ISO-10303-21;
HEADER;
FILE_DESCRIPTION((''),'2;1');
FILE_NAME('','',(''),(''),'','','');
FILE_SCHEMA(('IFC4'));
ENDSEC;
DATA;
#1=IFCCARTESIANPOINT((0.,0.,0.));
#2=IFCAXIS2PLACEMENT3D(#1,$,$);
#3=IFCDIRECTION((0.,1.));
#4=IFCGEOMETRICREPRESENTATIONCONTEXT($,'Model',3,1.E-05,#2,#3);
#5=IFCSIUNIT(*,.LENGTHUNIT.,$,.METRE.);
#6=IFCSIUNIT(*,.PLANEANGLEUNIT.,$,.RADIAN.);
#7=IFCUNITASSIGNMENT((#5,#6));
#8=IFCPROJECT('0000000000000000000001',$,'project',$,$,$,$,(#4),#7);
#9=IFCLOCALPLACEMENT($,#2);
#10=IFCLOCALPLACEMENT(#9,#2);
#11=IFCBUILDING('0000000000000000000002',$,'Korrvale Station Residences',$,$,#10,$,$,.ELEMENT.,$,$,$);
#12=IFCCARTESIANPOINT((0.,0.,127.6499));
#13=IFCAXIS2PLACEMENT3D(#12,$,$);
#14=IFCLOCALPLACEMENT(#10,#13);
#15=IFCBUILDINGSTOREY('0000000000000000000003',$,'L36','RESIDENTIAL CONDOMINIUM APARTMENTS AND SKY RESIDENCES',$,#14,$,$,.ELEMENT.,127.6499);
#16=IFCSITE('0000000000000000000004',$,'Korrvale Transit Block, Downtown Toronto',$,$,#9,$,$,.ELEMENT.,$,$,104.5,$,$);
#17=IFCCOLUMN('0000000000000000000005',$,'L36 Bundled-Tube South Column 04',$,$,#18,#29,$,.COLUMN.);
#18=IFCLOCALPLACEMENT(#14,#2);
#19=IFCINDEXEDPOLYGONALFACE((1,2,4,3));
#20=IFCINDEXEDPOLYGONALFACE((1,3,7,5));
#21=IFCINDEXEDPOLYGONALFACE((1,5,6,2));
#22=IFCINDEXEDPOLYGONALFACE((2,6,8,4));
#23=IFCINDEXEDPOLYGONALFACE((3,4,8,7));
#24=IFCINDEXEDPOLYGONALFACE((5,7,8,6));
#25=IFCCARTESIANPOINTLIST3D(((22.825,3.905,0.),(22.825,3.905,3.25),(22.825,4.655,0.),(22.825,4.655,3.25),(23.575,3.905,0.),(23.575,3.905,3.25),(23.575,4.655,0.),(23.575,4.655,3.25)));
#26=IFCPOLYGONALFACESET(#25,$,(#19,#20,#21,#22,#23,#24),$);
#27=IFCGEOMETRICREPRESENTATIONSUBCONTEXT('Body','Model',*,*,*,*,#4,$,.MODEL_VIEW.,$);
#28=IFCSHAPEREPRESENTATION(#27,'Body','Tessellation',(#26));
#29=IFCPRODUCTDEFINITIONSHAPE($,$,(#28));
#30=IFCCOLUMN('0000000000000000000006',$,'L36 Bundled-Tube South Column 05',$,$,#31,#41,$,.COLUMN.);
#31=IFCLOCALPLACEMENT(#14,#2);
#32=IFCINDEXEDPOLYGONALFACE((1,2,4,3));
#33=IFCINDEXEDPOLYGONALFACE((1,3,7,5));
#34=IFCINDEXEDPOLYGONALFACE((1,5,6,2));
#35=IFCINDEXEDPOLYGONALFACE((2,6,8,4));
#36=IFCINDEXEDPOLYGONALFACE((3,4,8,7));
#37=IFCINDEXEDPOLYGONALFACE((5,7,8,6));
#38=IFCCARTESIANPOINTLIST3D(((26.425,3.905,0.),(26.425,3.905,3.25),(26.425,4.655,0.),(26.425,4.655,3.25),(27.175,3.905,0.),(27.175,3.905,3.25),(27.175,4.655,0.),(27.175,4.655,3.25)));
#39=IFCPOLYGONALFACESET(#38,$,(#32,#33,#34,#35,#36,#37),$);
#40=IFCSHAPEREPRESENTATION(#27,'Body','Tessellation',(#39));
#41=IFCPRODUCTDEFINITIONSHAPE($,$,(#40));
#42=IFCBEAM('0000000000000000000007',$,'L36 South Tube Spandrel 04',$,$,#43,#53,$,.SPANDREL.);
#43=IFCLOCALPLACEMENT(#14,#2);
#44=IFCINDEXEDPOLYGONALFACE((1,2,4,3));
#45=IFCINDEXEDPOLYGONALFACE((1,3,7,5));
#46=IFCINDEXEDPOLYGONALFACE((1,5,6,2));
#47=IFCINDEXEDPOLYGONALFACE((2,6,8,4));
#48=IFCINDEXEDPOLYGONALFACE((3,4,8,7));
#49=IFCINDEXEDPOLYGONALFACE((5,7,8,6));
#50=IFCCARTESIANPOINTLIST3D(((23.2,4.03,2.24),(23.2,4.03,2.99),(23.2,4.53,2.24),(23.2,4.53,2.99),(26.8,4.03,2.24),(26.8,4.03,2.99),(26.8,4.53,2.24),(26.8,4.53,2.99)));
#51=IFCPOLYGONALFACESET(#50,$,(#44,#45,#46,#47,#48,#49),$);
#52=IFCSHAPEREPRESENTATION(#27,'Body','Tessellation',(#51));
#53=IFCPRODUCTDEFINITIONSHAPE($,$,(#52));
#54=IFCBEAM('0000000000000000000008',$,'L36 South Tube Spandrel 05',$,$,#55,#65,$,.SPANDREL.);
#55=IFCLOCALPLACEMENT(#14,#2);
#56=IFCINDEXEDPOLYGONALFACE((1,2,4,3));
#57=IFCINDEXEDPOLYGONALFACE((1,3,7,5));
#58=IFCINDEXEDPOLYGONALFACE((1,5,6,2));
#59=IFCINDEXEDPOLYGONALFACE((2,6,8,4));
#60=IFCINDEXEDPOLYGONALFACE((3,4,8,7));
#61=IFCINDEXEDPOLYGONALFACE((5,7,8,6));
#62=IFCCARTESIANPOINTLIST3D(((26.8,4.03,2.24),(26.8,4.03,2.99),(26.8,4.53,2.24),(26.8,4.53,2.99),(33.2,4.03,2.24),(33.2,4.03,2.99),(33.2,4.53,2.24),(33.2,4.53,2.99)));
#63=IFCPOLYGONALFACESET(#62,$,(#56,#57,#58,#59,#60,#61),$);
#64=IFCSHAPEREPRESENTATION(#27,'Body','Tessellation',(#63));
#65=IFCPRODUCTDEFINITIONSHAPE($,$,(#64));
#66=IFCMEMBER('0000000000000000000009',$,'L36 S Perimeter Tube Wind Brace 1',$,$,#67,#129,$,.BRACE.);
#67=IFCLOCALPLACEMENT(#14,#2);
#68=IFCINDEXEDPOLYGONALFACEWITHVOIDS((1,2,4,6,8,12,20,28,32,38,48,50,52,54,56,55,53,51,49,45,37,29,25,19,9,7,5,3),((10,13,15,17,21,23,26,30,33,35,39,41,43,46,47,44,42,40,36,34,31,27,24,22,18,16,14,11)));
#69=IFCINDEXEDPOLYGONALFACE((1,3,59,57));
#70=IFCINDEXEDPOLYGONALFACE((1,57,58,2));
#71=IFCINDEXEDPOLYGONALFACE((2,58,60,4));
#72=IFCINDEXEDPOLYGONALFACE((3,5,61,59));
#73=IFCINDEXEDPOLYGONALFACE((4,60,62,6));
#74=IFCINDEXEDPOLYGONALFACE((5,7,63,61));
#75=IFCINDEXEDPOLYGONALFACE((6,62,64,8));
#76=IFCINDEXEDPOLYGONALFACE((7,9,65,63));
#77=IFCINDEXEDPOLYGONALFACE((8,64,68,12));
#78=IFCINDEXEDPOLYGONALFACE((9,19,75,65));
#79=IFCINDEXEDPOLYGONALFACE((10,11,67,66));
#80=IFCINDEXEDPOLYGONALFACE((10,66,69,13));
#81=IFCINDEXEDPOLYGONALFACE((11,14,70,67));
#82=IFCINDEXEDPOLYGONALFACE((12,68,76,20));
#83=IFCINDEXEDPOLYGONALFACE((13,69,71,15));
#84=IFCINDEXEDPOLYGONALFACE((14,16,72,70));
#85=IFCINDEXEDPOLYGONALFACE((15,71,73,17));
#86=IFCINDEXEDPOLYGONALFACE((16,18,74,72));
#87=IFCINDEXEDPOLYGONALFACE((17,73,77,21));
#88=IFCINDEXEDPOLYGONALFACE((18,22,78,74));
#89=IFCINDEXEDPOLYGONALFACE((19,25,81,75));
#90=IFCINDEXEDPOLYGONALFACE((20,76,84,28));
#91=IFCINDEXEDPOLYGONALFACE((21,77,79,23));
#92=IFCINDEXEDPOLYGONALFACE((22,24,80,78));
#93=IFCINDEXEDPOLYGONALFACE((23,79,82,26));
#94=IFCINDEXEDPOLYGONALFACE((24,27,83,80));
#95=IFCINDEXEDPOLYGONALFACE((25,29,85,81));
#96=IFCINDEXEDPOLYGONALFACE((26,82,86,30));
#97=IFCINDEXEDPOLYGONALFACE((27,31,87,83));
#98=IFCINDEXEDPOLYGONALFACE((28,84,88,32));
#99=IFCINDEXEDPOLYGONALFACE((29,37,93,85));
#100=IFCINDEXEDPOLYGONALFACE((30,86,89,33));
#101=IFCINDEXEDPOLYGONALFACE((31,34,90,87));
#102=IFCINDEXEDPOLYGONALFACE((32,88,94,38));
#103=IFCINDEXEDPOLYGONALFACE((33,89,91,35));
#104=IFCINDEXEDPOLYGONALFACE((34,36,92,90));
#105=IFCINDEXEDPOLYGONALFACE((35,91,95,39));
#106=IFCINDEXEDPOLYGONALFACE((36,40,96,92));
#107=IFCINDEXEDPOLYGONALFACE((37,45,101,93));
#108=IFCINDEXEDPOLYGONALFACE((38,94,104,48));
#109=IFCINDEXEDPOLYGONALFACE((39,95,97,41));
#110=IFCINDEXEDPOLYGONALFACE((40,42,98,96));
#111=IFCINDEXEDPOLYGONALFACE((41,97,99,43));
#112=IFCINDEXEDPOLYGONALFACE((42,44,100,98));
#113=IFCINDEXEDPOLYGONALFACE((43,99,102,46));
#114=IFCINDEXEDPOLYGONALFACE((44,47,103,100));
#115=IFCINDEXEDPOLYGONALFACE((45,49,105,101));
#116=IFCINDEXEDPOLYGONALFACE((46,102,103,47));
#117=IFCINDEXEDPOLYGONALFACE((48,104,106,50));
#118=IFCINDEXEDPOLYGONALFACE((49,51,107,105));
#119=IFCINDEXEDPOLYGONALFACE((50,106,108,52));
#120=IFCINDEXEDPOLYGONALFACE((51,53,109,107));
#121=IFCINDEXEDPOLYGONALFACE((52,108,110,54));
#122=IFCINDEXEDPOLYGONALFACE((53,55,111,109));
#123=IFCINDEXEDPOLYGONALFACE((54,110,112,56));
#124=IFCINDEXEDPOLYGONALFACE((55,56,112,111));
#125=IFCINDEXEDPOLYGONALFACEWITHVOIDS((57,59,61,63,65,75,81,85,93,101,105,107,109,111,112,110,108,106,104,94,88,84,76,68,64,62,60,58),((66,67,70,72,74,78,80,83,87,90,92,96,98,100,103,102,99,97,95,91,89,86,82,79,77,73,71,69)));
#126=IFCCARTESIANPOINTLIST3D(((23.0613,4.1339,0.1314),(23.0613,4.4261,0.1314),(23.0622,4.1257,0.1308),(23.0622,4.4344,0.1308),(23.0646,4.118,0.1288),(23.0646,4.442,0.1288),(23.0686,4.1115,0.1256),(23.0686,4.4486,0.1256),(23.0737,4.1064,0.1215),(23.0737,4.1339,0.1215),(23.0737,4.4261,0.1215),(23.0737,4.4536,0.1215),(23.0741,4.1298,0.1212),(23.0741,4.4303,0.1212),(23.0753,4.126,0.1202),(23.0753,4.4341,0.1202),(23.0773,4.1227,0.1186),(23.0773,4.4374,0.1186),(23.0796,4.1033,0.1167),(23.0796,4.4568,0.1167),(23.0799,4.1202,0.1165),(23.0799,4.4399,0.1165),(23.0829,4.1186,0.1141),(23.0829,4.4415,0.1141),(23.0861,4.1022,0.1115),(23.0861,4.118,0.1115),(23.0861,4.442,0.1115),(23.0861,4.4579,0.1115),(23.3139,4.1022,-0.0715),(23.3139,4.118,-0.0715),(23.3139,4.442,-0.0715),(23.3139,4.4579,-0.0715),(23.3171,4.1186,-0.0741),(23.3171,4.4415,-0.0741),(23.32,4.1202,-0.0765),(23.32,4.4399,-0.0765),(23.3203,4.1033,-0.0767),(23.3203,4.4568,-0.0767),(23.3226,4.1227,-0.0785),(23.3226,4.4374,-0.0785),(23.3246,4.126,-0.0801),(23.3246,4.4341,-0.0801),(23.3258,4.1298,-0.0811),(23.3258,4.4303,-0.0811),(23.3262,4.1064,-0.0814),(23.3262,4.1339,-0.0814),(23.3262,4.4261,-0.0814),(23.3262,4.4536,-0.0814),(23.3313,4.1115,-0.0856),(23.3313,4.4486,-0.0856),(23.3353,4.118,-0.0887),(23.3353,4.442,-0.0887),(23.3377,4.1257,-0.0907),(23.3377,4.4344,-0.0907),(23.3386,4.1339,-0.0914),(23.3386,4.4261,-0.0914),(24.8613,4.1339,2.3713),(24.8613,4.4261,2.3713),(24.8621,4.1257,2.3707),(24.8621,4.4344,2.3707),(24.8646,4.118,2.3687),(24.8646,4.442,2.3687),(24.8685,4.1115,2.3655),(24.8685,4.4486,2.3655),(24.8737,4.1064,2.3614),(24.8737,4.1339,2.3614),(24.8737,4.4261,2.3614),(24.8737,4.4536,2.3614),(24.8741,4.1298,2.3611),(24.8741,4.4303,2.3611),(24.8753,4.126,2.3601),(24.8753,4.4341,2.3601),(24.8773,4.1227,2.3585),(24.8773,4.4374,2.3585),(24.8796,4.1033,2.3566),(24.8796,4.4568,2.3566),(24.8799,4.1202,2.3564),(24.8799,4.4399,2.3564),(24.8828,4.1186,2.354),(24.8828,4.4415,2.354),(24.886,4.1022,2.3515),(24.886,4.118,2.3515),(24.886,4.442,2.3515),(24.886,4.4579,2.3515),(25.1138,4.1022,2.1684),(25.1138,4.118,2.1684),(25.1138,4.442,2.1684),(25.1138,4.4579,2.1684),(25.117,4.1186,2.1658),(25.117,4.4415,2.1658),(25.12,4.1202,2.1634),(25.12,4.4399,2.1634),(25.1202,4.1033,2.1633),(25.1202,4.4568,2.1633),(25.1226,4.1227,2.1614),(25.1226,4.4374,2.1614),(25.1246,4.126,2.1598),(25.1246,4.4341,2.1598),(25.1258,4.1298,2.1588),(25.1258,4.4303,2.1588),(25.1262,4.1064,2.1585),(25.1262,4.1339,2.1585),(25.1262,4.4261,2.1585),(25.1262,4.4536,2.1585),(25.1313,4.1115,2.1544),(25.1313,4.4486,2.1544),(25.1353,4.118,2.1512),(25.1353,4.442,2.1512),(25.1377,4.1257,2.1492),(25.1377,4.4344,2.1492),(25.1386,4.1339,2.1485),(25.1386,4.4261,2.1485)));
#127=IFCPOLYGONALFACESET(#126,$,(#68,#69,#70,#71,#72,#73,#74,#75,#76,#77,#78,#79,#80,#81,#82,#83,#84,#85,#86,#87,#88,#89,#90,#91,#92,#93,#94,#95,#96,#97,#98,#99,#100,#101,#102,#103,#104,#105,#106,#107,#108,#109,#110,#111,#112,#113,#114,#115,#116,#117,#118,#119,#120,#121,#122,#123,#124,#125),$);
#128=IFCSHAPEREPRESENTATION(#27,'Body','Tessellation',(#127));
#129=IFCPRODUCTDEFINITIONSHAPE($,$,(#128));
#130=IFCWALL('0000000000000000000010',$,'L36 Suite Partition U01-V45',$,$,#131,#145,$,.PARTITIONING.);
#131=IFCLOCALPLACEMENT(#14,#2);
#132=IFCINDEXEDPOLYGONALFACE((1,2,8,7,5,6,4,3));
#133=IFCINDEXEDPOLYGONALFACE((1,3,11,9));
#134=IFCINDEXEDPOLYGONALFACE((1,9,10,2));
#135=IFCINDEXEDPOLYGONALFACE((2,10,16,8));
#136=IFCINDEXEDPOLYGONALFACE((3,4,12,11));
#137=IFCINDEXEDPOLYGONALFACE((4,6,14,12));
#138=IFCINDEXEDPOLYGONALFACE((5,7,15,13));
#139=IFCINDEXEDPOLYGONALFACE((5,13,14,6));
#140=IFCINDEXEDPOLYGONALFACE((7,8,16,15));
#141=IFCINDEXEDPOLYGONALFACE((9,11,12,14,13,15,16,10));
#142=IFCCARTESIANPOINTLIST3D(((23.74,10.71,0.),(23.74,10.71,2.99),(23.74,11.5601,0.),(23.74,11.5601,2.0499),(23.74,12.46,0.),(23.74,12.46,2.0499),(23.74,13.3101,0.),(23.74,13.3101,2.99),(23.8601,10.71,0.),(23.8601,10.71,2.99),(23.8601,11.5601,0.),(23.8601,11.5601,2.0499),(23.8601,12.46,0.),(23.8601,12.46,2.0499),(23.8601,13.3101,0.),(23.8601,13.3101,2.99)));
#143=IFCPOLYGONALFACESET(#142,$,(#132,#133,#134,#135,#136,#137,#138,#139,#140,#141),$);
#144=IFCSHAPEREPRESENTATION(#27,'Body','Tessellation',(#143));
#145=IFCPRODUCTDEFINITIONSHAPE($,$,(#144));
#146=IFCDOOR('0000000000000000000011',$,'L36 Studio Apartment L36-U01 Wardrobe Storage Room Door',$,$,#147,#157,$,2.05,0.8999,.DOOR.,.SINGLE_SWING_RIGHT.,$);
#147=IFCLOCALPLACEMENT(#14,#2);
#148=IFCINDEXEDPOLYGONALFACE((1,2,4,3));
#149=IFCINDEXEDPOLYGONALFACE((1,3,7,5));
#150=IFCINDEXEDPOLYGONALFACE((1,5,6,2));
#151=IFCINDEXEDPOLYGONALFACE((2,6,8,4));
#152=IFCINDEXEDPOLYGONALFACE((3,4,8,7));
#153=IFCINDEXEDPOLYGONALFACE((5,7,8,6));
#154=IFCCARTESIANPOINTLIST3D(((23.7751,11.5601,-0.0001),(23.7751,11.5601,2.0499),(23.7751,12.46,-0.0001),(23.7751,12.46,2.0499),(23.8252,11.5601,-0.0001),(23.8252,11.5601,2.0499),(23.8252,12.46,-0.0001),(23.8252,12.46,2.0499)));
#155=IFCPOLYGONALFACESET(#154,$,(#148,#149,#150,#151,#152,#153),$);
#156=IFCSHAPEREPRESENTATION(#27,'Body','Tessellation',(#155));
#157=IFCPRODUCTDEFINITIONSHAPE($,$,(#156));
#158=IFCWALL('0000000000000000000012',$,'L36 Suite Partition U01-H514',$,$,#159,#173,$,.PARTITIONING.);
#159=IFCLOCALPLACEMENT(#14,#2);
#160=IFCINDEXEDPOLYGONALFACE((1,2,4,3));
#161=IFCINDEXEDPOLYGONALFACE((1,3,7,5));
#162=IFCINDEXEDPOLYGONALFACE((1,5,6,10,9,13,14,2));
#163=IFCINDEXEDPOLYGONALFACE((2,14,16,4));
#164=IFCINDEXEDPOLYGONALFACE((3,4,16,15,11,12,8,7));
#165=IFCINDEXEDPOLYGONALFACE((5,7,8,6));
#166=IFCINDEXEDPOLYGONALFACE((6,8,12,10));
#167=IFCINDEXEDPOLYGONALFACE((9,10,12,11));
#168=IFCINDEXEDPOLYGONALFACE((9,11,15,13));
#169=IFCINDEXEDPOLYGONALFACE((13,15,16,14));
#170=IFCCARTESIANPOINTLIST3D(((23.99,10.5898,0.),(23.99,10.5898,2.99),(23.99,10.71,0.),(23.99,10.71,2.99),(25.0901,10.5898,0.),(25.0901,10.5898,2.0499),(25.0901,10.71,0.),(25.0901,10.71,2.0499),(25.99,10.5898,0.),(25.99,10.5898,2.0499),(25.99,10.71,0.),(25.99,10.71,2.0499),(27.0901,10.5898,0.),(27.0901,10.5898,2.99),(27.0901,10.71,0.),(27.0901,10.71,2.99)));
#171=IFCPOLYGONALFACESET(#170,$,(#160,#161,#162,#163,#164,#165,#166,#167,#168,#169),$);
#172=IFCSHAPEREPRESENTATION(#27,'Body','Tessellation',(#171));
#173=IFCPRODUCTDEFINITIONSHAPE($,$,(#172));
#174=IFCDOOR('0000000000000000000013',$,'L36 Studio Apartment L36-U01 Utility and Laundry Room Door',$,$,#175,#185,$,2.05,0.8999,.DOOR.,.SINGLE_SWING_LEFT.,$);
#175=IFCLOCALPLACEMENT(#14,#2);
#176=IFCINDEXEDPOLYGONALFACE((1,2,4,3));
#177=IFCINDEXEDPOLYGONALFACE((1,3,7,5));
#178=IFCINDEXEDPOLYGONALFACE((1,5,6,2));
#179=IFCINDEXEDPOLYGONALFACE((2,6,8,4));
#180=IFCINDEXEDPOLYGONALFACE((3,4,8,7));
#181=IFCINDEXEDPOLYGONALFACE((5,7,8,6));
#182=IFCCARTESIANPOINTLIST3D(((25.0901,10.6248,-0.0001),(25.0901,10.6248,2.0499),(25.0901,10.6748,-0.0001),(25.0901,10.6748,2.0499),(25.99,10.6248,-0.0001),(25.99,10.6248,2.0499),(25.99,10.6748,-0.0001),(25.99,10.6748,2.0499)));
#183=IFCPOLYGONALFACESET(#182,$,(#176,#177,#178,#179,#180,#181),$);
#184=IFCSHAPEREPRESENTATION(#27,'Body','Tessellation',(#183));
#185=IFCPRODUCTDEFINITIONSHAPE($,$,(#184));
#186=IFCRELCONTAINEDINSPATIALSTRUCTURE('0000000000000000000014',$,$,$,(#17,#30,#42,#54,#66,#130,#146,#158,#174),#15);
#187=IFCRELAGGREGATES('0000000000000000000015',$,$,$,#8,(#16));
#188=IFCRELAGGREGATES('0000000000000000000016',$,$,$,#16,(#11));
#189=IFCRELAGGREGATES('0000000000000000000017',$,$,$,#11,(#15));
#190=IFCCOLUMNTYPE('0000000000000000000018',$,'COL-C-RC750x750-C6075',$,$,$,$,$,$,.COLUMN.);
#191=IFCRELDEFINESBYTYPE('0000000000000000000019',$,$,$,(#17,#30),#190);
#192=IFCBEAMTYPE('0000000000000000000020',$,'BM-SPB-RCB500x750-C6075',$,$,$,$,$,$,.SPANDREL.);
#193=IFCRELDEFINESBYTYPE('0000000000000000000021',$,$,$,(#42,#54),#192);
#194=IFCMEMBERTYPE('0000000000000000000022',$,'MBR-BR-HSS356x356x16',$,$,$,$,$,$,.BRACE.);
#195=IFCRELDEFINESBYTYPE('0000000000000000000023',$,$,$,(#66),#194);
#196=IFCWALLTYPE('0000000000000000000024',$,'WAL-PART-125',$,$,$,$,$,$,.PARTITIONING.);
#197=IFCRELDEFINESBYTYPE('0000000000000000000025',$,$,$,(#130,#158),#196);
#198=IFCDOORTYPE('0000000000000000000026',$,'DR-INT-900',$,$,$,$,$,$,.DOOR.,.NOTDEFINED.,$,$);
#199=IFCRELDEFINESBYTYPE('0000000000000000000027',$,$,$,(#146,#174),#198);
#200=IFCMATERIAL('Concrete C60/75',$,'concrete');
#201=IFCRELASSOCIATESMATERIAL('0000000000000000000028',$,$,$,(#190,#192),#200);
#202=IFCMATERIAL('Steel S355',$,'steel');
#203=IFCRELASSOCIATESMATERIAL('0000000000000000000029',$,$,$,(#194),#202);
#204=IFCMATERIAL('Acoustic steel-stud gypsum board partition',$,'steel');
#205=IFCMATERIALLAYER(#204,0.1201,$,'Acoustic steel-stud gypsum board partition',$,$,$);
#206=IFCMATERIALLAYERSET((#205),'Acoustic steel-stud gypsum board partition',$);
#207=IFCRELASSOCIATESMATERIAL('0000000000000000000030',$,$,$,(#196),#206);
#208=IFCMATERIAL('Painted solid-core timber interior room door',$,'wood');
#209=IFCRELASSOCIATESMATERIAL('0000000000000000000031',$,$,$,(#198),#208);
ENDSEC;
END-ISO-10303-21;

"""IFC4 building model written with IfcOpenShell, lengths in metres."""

from ifc_helpers import new_model, si_unit, direction, frame, frame_2d, origin, origin_2d, place, context, subcontext, project, spatial, rectangle, hollow_rectangle, extrude, material, layer, layer_set, material_profile, profile_set, type_object, element, fill, save


model = new_model("IFC4")

# Units and contexts
model_context = context("Model", 3, precision=1e-05, world=origin(), true_north=direction((0.0, 1.0)))
body_context = subcontext(model_context, "Body", "Model", "MODEL_VIEW")
ifc_project = project(units=[si_unit("LENGTHUNIT", "METRE"), si_unit("PLANEANGLEUNIT", "RADIAN")], contexts=[model_context])

# Site, building, storey
site_placement = place(None, origin())
site = spatial("IfcSite", under=ifc_project, at=site_placement, Name="Korrvale Transit Block, Downtown Toronto", CompositionType="ELEMENT", RefElevation=104.5)
building_placement = place(site_placement, origin())
building = spatial("IfcBuilding", under=site, at=building_placement, Name="Korrvale Station Residences", CompositionType="ELEMENT")
storey_placement = place(building_placement, frame((0.0, 0.0, 127.6499)))
storey = spatial("IfcBuildingStorey", under=building, at=storey_placement, Name="L36", Description="RESIDENTIAL CONDOMINIUM APARTMENTS AND SKY RESIDENCES", CompositionType="ELEMENT", Elevation=127.6499)

# Columns
ifc_material_1 = material(Name="Concrete C60/75", Category="concrete")
ifc_material_profile_1 = material_profile(ifc_material_1, rectangle(XDim=0.75, YDim=0.75, at=origin_2d()), Name="RC750x750")
ifc_profile_set_1 = profile_set([ifc_material_profile_1], Name="Concrete C60/75")
column_type = type_object("IfcColumnType", Name="COL-C-RC750x750-C6075", PredefinedType="COLUMN", material=ifc_profile_set_1)
for number, where, z_axis, x_axis, name in (
    (1, (23.2, 4.28, 0.0), (0.0, 0.0, 1.0), (1.0, 0.0, 0.0), "L36 Bundled-Tube South Column 04"),
    (2, (26.8, 4.28, 0.0), (0.0, 0.0, 1.0), (1.0, 0.0, 0.0), "L36 Bundled-Tube South Column 05"),
):
    element("IfcColumn", number, at=place(storey_placement, frame(where, z_axis=z_axis, x_axis=x_axis)), inside=storey, type_object=column_type, Name=name, PredefinedType="COLUMN", context=body_context, shape_type="SweptSolid", body=[
        extrude(rectangle(XDim=0.75, YDim=0.75, at=origin_2d()), origin(), (0.0, 0.0, 1.0), 3.25),
    ])

# Beams
ifc_material_profile_2 = material_profile(ifc_material_1, rectangle(XDim=0.5, YDim=0.75, at=origin_2d()), Name="RCB500x750")
ifc_profile_set_2 = profile_set([ifc_material_profile_2], Name="Concrete C60/75")
beam_type = type_object("IfcBeamType", Name="BM-SPB-RCB500x750-C6075", PredefinedType="SPANDREL", material=ifc_profile_set_2)
beam_1_placement = place(storey_placement, frame((23.2, 4.28, 2.615), z_axis=(1.0, 0.0, 0.0), x_axis=(0.0, 1.0, 0.0)))
element("IfcBeam", 3, at=beam_1_placement, inside=storey, type_object=beam_type, Name="L36 South Tube Spandrel 04", PredefinedType="SPANDREL", context=body_context, shape_type="SweptSolid", body=[
    extrude(rectangle(XDim=0.5, YDim=0.75, at=origin_2d()), origin(), (0.0, 0.0, 1.0), 3.6001),
])
beam_2_placement = place(storey_placement, frame((26.8, 4.28, 2.615), z_axis=(1.0, 0.0, 0.0), x_axis=(0.0, 1.0, 0.0)))
element("IfcBeam", 4, at=beam_2_placement, inside=storey, type_object=beam_type, Name="L36 South Tube Spandrel 05", PredefinedType="SPANDREL", context=body_context, shape_type="SweptSolid", body=[
    extrude(rectangle(XDim=0.5, YDim=0.75, at=origin_2d()), origin(), (0.0, 0.0, 1.0), 6.3999),
])

# Member
ifc_material_2 = material(Name="Steel S355", Category="steel")
ifc_material_profile_3 = material_profile(ifc_material_2, hollow_rectangle(XDim=0.3557, YDim=0.3557, WallThickness=0.0159, InnerFilletRadius=0.0159, OuterFilletRadius=0.0317, at=origin_2d()), Name="HSS356x356x16")
ifc_profile_set_3 = profile_set([ifc_material_profile_3], Name="Steel S355")
member_type = type_object("IfcMemberType", Name="MBR-BR-HSS356x356x16", PredefinedType="BRACE", material=ifc_profile_set_3)
member_placement = place(storey_placement, frame((23.2, 4.28, 0.02), z_axis=(0.626403, 0.0, 0.779499), x_axis=(0.0, 1.0, 0.0)))
element("IfcMember", 5, at=member_placement, inside=storey, type_object=member_type, Name="L36 S Perimeter Tube Wind Brace 1", PredefinedType="BRACE", context=body_context, shape_type="SweptSolid", body=[
    extrude(hollow_rectangle(XDim=0.3557, YDim=0.3557, WallThickness=0.0159, InnerFilletRadius=0.0159, OuterFilletRadius=0.0317, at=origin_2d()), origin(), (0.0, 0.0, 1.0), 2.8735),
])

# Walls, openings, doors
ifc_material_3 = material(Name="Acoustic steel-stud gypsum board partition", Category="steel")
ifc_layer_1 = layer(ifc_material_3, 0.1201, Name="Acoustic steel-stud gypsum board partition")
ifc_layer_set_1 = layer_set([ifc_layer_1], Name="Acoustic steel-stud gypsum board partition")
wall_type = type_object("IfcWallType", Name="WAL-PART-125", PredefinedType="PARTITIONING", material=ifc_layer_set_1)
wall_1_placement = place(storey_placement, frame((23.8, 10.71, 0.0), z_axis=(0.0, 0.0, 1.0), x_axis=(0.0, 1.0, 0.0)))
wall_1 = element("IfcWall", 6, at=wall_1_placement, inside=storey, type_object=wall_type, Name="L36 Suite Partition U01-V45", PredefinedType="PARTITIONING", context=body_context, shape_type="SweptSolid", body=[
    extrude(rectangle(XDim=2.6001, YDim=0.1201, at=frame_2d((1.3, 0.0))), origin(), (0.0, 0.0, 1.0), 2.99),
])
opening_1_placement = place(wall_1_placement, frame((0.8501, 0.0, 0.0)))
opening_1 = element("IfcOpeningElement", 7, at=opening_1_placement, cuts=wall_1, PredefinedType="OPENING", context=body_context, shape_type="SweptSolid", body=[
    extrude(rectangle(XDim=0.8999, YDim=2.05, at=frame_2d((0.45, 1.0249))), frame((0.0, 0.0701, 0.0), z_axis=(0.0, -1.0, 0.0), x_axis=(1.0, 0.0, 0.0)), (0.0, 0.0, 1.0), 0.1401),
])
ifc_material_4 = material(Name="Painted solid-core timber interior room door", Category="wood")
door_type = type_object("IfcDoorType", Name="DR-INT-900", OperationType="NOTDEFINED", PredefinedType="DOOR", material=ifc_material_4)
door_1_placement = place(opening_1_placement, origin())
door_1 = element("IfcDoor", 8, at=door_1_placement, inside=storey, type_object=door_type, Name="L36 Studio Apartment L36-U01 Wardrobe Storage Room Door", OperationType="SINGLE_SWING_RIGHT", OverallHeight=2.05, OverallWidth=0.8999, PredefinedType="DOOR", context=body_context, shape_type="SweptSolid", body=[
    extrude(rectangle(XDim=0.8999, YDim=2.05, at=frame_2d((0.45, 1.0249))), frame((0.0, 0.0249, 0.0), z_axis=(0.0, -1.0, 0.0), x_axis=(1.0, 0.0, 0.0)), (0.0, 0.0, 1.0), 0.05),
])
fill(opening_1, door_1)
wall_2_placement = place(storey_placement, frame((23.99, 10.6499, 0.0), z_axis=(0.0, 0.0, 1.0), x_axis=(1.0, 0.0, 0.0)))
wall_2 = element("IfcWall", 9, at=wall_2_placement, inside=storey, type_object=wall_type, Name="L36 Suite Partition U01-H514", PredefinedType="PARTITIONING", context=body_context, shape_type="SweptSolid", body=[
    extrude(rectangle(XDim=3.1001, YDim=0.1201, at=frame_2d((1.55, 0.0))), origin(), (0.0, 0.0, 1.0), 2.99),
])
opening_2_placement = place(wall_2_placement, frame((1.1001, 0.0, 0.0)))
opening_2 = element("IfcOpeningElement", 10, at=opening_2_placement, cuts=wall_2, PredefinedType="OPENING", context=body_context, shape_type="SweptSolid", body=[
    extrude(rectangle(XDim=0.8999, YDim=2.05, at=frame_2d((0.45, 1.0249))), frame((0.0, 0.0701, 0.0), z_axis=(0.0, -1.0, 0.0), x_axis=(1.0, 0.0, 0.0)), (0.0, 0.0, 1.0), 0.1401),
])
door_2_placement = place(opening_2_placement, origin())
door_2 = element("IfcDoor", 11, at=door_2_placement, inside=storey, type_object=door_type, Name="L36 Studio Apartment L36-U01 Utility and Laundry Room Door", OperationType="SINGLE_SWING_LEFT", OverallHeight=2.05, OverallWidth=0.8999, PredefinedType="DOOR", context=body_context, shape_type="SweptSolid", body=[
    extrude(rectangle(XDim=0.8999, YDim=2.05, at=frame_2d((0.45, 1.0249))), frame((0.0, 0.0249, 0.0), z_axis=(0.0, -1.0, 0.0), x_axis=(1.0, 0.0, 0.0)), (0.0, 0.0, 1.0), 0.05),
])
fill(opening_2, door_2)

save(model, "model.ifc")
